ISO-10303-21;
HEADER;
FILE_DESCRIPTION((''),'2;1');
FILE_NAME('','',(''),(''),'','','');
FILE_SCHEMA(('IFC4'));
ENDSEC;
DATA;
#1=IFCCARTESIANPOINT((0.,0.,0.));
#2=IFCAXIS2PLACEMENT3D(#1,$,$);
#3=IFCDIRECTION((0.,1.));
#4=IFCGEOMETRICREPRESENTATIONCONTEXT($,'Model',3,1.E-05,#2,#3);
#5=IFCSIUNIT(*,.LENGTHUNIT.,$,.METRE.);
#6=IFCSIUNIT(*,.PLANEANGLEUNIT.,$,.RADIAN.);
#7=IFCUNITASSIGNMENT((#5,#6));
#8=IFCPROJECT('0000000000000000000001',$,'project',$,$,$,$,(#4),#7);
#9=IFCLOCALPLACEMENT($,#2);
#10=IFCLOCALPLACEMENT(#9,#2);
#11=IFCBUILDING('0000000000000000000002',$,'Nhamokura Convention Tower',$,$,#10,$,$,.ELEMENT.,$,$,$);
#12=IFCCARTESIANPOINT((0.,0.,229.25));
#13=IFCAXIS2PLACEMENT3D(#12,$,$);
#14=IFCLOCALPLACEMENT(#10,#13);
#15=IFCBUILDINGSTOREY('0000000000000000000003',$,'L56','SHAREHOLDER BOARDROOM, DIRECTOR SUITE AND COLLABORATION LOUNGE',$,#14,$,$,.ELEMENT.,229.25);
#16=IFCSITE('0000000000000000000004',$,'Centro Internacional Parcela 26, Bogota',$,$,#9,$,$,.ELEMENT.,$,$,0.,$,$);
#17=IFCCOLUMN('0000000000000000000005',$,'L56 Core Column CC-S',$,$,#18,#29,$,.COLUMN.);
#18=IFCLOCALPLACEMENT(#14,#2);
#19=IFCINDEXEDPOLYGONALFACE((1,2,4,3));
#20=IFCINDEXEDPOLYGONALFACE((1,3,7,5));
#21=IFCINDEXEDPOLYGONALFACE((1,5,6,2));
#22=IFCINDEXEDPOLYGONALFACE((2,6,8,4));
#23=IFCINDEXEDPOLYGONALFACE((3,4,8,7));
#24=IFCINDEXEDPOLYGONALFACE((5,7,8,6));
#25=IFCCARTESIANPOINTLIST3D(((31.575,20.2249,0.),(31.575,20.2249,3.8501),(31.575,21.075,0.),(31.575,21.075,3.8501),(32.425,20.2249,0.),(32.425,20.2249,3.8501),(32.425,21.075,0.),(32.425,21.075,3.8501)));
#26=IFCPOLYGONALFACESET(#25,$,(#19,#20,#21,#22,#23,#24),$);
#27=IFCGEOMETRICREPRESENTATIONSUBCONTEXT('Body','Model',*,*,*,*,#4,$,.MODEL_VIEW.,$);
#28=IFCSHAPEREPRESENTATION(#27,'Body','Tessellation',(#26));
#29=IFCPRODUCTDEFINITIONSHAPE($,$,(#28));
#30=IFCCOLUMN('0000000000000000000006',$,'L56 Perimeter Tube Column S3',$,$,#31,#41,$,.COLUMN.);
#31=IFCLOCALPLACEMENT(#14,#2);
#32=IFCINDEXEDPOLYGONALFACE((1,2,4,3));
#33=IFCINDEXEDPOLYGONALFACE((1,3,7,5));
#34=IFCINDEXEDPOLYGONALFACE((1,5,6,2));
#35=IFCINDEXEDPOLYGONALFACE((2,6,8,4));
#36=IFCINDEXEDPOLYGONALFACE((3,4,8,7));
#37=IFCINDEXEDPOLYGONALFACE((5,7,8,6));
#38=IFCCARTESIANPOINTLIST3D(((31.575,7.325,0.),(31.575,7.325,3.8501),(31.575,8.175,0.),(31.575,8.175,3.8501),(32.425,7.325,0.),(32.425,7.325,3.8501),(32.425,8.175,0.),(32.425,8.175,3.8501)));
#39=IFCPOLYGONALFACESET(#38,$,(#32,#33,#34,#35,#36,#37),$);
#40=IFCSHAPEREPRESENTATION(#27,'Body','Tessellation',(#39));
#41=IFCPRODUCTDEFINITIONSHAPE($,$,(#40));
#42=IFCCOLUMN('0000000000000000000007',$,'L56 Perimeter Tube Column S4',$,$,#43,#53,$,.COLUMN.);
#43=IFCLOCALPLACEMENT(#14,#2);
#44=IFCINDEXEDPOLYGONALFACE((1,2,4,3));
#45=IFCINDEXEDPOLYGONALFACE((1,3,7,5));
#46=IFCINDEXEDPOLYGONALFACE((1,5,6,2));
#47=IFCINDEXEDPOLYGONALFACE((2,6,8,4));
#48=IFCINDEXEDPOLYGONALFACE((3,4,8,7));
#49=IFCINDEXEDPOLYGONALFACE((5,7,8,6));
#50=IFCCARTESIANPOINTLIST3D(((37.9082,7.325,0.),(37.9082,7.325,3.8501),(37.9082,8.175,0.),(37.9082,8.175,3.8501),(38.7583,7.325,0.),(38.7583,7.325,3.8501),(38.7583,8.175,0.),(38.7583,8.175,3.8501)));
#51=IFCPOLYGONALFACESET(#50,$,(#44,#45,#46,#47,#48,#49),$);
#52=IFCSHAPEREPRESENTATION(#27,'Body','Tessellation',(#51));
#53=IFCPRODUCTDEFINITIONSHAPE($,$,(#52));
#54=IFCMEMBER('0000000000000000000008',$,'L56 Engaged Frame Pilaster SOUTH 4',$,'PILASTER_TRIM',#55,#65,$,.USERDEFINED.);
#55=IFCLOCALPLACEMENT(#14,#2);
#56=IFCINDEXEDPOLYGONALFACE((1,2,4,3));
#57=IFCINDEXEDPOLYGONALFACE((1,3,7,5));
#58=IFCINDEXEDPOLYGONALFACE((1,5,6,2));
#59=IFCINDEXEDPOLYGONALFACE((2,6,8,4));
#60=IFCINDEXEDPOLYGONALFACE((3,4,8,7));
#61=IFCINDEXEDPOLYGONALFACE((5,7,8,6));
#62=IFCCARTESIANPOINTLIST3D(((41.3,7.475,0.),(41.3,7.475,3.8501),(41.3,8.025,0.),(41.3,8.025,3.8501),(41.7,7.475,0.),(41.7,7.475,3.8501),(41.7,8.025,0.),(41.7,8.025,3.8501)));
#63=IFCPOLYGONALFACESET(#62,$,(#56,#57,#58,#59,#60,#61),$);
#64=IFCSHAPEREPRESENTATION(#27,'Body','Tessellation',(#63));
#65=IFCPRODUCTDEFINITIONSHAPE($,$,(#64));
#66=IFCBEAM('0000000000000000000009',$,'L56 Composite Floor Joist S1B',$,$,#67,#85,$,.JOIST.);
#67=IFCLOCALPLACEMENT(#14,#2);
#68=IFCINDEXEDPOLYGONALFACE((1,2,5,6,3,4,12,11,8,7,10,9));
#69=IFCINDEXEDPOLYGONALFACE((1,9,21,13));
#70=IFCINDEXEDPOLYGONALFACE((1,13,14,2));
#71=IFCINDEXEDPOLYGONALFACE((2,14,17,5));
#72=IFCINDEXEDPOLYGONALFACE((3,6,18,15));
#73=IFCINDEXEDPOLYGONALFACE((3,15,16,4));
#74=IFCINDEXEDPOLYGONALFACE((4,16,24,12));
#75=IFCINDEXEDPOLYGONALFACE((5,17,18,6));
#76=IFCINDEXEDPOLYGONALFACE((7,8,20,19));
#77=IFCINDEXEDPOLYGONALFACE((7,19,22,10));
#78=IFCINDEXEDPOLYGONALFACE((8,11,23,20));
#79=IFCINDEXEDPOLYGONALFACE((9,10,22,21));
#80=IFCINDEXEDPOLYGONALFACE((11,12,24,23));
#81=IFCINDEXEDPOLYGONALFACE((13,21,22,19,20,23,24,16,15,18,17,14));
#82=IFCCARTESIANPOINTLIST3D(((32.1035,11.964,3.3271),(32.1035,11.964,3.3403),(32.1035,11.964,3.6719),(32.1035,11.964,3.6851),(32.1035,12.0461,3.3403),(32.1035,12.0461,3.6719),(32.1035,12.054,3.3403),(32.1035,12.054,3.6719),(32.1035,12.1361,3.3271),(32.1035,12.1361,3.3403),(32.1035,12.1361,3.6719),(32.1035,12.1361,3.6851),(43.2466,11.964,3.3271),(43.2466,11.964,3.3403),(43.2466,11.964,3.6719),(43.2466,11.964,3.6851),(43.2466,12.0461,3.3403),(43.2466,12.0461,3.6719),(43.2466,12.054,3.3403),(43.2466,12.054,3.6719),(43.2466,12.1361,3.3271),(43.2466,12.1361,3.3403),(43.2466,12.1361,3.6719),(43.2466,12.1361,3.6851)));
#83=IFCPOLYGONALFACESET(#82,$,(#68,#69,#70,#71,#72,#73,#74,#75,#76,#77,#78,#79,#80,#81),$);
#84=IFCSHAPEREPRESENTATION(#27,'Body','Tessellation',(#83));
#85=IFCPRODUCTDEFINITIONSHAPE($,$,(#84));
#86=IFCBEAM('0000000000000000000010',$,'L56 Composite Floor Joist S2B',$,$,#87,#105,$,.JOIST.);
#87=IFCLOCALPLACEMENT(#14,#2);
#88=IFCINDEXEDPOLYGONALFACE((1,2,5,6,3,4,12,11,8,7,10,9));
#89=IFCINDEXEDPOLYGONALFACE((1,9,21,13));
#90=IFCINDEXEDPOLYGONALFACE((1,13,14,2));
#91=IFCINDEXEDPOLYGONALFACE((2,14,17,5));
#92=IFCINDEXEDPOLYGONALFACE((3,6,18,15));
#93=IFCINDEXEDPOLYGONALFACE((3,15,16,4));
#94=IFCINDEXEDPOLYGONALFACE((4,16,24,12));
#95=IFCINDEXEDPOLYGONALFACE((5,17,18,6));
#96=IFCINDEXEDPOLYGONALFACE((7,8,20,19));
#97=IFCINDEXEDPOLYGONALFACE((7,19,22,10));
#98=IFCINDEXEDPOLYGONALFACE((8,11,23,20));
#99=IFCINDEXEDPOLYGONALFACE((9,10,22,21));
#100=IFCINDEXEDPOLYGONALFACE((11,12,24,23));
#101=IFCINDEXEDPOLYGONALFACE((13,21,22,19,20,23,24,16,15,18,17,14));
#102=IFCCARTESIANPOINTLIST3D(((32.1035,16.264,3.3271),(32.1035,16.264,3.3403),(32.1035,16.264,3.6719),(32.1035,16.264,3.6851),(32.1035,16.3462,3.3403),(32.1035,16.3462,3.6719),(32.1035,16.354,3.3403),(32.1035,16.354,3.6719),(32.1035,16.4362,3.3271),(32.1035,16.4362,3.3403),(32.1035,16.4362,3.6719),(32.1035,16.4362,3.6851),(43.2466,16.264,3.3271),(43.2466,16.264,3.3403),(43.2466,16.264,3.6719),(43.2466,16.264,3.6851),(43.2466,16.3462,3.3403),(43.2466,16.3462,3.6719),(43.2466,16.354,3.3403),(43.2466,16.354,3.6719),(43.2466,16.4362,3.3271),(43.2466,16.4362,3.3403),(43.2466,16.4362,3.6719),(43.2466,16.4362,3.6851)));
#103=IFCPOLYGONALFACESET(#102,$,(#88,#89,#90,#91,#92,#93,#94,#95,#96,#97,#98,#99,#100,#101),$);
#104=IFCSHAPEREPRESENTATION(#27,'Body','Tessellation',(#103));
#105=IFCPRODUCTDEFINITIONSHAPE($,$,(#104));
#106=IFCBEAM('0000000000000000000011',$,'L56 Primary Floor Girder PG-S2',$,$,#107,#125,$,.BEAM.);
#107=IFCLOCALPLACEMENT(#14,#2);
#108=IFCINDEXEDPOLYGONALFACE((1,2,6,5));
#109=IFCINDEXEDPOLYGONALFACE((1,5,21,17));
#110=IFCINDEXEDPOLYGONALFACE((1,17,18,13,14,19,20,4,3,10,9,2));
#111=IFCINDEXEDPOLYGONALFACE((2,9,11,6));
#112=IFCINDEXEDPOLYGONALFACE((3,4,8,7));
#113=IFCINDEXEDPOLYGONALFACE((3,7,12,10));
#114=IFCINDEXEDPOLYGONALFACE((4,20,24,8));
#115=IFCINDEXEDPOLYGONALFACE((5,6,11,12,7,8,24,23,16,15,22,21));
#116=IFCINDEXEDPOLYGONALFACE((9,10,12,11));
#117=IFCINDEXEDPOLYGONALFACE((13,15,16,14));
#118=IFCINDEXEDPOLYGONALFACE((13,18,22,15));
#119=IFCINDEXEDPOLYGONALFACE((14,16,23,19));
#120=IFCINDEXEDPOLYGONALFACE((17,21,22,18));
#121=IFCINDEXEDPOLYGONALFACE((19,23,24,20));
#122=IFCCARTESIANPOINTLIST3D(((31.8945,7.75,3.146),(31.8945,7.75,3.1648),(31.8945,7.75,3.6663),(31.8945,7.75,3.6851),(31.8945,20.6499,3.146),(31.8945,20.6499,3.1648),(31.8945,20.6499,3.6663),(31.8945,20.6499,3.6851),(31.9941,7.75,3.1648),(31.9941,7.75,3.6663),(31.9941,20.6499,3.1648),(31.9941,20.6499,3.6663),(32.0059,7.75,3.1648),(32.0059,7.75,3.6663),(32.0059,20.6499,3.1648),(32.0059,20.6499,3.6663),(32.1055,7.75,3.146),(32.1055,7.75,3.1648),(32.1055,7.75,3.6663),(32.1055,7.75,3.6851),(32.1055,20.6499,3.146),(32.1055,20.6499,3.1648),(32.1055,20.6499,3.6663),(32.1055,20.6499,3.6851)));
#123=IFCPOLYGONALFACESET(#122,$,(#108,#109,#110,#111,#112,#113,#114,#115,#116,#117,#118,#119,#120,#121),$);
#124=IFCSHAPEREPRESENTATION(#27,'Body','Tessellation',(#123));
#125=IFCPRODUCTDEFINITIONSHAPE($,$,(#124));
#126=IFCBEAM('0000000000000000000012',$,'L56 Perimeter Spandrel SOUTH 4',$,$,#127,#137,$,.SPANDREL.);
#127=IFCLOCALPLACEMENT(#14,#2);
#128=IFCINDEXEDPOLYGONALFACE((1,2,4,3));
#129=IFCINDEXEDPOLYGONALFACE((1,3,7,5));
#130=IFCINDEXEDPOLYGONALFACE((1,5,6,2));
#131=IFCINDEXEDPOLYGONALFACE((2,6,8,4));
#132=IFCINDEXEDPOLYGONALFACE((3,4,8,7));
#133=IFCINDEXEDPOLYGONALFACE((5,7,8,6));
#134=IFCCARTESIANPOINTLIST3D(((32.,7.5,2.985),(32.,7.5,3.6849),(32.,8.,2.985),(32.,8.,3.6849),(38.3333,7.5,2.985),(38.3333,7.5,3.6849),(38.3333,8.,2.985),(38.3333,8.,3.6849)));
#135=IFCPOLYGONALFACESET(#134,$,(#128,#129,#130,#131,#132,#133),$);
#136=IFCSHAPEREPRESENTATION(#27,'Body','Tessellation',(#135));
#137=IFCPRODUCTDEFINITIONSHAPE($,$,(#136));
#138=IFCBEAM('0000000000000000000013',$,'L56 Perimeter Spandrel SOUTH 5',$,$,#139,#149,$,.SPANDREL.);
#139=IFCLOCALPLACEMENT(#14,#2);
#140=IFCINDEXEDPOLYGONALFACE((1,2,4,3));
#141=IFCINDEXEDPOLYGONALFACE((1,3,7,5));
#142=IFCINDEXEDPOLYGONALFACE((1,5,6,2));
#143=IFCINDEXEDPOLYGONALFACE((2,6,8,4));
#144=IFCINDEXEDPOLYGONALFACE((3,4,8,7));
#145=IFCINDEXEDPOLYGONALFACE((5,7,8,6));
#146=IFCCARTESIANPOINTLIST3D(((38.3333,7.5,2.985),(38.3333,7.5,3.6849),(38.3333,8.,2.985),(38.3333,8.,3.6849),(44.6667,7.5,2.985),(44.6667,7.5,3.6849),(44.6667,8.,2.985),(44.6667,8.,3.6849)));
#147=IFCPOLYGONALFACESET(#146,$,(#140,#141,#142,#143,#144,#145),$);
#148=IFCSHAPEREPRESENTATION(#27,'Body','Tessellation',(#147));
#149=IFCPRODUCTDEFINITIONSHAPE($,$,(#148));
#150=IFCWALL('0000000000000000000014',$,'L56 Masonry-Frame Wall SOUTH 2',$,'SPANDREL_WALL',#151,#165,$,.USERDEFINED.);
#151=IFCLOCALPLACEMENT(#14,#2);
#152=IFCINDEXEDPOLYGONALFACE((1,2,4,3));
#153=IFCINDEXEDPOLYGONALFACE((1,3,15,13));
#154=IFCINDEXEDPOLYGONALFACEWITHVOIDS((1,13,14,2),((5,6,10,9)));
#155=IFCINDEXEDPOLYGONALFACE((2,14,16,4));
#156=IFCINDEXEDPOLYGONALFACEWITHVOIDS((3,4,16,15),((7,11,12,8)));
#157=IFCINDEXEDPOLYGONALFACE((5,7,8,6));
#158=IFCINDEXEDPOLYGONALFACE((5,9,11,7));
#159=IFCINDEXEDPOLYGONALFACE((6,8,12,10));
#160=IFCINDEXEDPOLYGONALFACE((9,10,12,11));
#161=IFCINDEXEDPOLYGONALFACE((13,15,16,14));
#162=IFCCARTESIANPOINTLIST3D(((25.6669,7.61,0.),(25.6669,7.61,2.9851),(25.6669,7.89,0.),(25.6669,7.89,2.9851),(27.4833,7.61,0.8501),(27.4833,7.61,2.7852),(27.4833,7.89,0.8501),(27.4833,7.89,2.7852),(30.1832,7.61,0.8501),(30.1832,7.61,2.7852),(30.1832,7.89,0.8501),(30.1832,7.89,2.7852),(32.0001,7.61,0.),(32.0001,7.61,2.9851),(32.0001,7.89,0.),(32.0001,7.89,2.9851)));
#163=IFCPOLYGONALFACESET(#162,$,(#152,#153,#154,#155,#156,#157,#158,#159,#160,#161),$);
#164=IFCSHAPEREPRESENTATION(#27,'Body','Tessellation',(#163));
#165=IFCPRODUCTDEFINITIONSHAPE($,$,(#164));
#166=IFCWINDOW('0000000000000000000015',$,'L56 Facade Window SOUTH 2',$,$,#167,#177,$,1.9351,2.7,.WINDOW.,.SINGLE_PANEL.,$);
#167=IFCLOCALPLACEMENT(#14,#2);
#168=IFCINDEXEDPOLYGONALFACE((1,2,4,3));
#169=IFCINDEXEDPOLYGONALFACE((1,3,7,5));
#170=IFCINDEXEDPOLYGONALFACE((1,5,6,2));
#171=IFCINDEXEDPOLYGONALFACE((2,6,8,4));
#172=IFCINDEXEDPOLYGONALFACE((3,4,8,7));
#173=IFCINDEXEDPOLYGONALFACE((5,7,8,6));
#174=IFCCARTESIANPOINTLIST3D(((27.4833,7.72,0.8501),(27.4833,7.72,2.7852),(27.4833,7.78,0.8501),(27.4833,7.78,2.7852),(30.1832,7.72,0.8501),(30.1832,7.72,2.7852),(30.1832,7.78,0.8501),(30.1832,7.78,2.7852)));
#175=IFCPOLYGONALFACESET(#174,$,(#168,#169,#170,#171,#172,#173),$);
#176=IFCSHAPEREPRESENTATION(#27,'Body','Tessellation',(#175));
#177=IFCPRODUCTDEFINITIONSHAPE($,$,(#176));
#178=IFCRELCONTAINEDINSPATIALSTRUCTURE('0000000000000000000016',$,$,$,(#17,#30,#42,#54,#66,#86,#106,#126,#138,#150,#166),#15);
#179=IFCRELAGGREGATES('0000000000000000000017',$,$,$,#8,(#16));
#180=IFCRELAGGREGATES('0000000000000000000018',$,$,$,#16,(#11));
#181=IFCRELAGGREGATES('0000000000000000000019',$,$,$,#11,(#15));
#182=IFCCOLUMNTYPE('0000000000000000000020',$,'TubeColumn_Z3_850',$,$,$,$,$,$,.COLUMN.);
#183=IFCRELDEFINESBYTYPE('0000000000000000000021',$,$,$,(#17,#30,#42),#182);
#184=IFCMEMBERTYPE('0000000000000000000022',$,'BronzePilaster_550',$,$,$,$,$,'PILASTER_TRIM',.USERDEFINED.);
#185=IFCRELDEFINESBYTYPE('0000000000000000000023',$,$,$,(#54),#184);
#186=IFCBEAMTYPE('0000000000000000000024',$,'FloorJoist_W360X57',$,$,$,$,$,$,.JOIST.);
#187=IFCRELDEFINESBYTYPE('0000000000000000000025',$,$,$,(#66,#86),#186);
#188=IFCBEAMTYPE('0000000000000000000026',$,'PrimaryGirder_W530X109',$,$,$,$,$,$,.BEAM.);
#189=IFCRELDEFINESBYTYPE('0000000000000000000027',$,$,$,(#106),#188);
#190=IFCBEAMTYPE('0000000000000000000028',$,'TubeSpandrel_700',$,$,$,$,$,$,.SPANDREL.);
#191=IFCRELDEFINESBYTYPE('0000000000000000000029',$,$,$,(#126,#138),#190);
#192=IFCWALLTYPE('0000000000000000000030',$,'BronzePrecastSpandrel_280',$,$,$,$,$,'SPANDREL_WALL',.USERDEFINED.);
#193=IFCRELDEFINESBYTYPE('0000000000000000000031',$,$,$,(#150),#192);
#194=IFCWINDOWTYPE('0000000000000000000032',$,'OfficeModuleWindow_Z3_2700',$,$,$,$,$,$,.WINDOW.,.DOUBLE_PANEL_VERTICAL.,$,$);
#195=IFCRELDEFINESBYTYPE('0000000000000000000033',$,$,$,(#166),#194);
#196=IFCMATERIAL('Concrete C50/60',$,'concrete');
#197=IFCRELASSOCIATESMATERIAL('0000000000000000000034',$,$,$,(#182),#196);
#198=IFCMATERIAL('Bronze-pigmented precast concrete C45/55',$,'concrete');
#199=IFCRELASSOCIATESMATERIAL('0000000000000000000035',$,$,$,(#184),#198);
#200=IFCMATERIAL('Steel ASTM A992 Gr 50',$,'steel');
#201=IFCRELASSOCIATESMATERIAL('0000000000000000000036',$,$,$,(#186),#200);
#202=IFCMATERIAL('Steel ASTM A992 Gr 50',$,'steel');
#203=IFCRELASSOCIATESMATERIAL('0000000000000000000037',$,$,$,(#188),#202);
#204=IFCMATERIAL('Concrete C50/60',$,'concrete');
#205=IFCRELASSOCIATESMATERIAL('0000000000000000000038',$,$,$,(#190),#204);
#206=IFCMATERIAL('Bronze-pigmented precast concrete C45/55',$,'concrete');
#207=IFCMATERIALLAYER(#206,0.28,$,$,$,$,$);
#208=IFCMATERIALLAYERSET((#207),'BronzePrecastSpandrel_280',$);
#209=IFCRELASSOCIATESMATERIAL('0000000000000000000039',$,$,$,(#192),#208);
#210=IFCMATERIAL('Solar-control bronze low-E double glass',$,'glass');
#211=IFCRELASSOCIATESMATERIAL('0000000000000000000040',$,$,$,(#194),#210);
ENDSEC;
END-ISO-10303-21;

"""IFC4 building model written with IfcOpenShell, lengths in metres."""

from ifc_helpers import new_model, si_unit, direction, frame, frame_2d, origin, origin_2d, place, context, subcontext, project, spatial, rectangle, i_section, extrude, material, layer, layer_set, material_profile, profile_set, type_object, element, fill, save


model = new_model("IFC4")

# Units and contexts
model_context = context("Model", 3, precision=1e-05, world=origin(), true_north=direction((0.0, 1.0)))
body_context = subcontext(model_context, "Body", "Model", "MODEL_VIEW")
ifc_project = project(units=[si_unit("LENGTHUNIT", "METRE"), si_unit("PLANEANGLEUNIT", "RADIAN")], contexts=[model_context])

# Site, building, storey
site_placement = place(None, origin())
site = spatial("IfcSite", under=ifc_project, at=site_placement, Name="Centro Internacional Parcela 26, Bogota", CompositionType="ELEMENT", RefElevation=0.0)
building_placement = place(site_placement, origin())
building = spatial("IfcBuilding", under=site, at=building_placement, Name="Nhamokura Convention Tower", CompositionType="ELEMENT")
storey_placement = place(building_placement, frame((0.0, 0.0, 229.25)))
storey = spatial("IfcBuildingStorey", under=building, at=storey_placement, Name="L56", Description="SHAREHOLDER BOARDROOM, DIRECTOR SUITE AND COLLABORATION LOUNGE", CompositionType="ELEMENT", Elevation=229.25)

# Columns
ifc_material_1 = material(Name="Concrete C50/60", Category="concrete")
ifc_material_profile_1 = material_profile(ifc_material_1, rectangle(XDim=0.8501, YDim=0.8501, at=origin_2d()))
ifc_profile_set_1 = profile_set([ifc_material_profile_1], Name="Concrete C50/60")
column_type = type_object("IfcColumnType", Name="TubeColumn_Z3_850", PredefinedType="COLUMN", material=ifc_profile_set_1)
for number, where, z_axis, x_axis, name in (
    (1, (32.0, 20.6499, 0.0), (0.0, 0.0, 1.0), (1.0, 0.0, 0.0), "L56 Core Column CC-S"),
    (2, (32.0, 7.75, 0.0), (0.0, 0.0, 1.0), (1.0, 0.0, 0.0), "L56 Perimeter Tube Column S3"),
    (3, (38.3333, 7.75, 0.0), (0.0, 0.0, 1.0), (1.0, 0.0, 0.0), "L56 Perimeter Tube Column S4"),
):
    element("IfcColumn", number, at=place(storey_placement, frame(where, z_axis=z_axis, x_axis=x_axis)), inside=storey, type_object=column_type, Name=name, PredefinedType="COLUMN", context=body_context, shape_type="SweptSolid", body=[
        extrude(rectangle(XDim=0.8501, YDim=0.8501, at=origin_2d()), origin(), (0.0, 0.0, 1.0), 3.8501),
    ])

# Member
ifc_material_2 = material(Name="Bronze-pigmented precast concrete C45/55", Category="concrete")
ifc_material_profile_2 = material_profile(ifc_material_2, rectangle(XDim=0.3999, YDim=0.55, at=origin_2d()))
ifc_profile_set_2 = profile_set([ifc_material_profile_2], Name="Bronze-pigmented precast concrete C45/55")
member_type = type_object("IfcMemberType", Name="BronzePilaster_550", ElementType="PILASTER_TRIM", PredefinedType="USERDEFINED", material=ifc_profile_set_2)
member_placement = place(storey_placement, frame((41.5, 7.75, 0.0), z_axis=(0.0, 0.0, 1.0), x_axis=(1.0, 0.0, 0.0)))
element("IfcMember", 4, at=member_placement, inside=storey, type_object=member_type, Name="L56 Engaged Frame Pilaster SOUTH 4", ObjectType="PILASTER_TRIM", PredefinedType="USERDEFINED", context=body_context, shape_type="SweptSolid", body=[
    extrude(rectangle(XDim=0.3999, YDim=0.55, at=origin_2d()), origin(), (0.0, 0.0, 1.0), 3.8501),
])

# Beams
ifc_material_3 = material(Name="Steel ASTM A992 Gr 50", Category="steel")
ifc_material_profile_3 = material_profile(ifc_material_3, i_section(OverallWidth=0.1721, OverallDepth=0.3579, WebThickness=0.0078, FlangeThickness=0.0132, at=origin_2d()))
ifc_profile_set_3 = profile_set([ifc_material_profile_3], Name="Steel ASTM A992 Gr 50")
beam_type_1 = type_object("IfcBeamType", Name="FloorJoist_W360X57", PredefinedType="JOIST", material=ifc_profile_set_3)
for number, where, z_axis, x_axis, name in (
    (5, (32.1035, 12.05, 3.5061), (1.0, 0.0, 0.0), (0.0, 1.0, 0.0), "L56 Composite Floor Joist S1B"),
    (6, (32.1035, 16.3501, 3.5061), (1.0, 0.0, 0.0), (0.0, 1.0, 0.0), "L56 Composite Floor Joist S2B"),
):
    element("IfcBeam", number, at=place(storey_placement, frame(where, z_axis=z_axis, x_axis=x_axis)), inside=storey, type_object=beam_type_1, Name=name, PredefinedType="JOIST", context=body_context, shape_type="SweptSolid", body=[
        extrude(i_section(OverallWidth=0.1721, OverallDepth=0.3579, WebThickness=0.0078, FlangeThickness=0.0132, at=origin_2d()), origin(), (0.0, 0.0, 1.0), 11.1431),
    ])
ifc_material_4 = material(Name="Steel ASTM A992 Gr 50", Category="steel")
ifc_material_profile_4 = material_profile(ifc_material_4, i_section(OverallWidth=0.2109, OverallDepth=0.5391, WebThickness=0.0117, FlangeThickness=0.0188, at=origin_2d()))
ifc_profile_set_4 = profile_set([ifc_material_profile_4], Name="Steel ASTM A992 Gr 50")
beam_type_2 = type_object("IfcBeamType", Name="PrimaryGirder_W530X109", PredefinedType="BEAM", material=ifc_profile_set_4)
beam_1_placement = place(storey_placement, frame((32.0, 7.75, 3.4155), z_axis=(0.0, 1.0, 0.0), x_axis=(-1.0, 0.0, 0.0)))
element("IfcBeam", 7, at=beam_1_placement, inside=storey, type_object=beam_type_2, Name="L56 Primary Floor Girder PG-S2", PredefinedType="BEAM", context=body_context, shape_type="SweptSolid", body=[
    extrude(i_section(OverallWidth=0.2109, OverallDepth=0.5391, WebThickness=0.0117, FlangeThickness=0.0188, at=origin_2d()), origin(), (0.0, 0.0, 1.0), 12.8999),
])
ifc_material_5 = material(Name="Concrete C50/60", Category="concrete")
ifc_material_profile_5 = material_profile(ifc_material_5, rectangle(XDim=0.5, YDim=0.7, at=origin_2d()))
ifc_profile_set_5 = profile_set([ifc_material_profile_5], Name="Concrete C50/60")
beam_type_3 = type_object("IfcBeamType", Name="TubeSpandrel_700", PredefinedType="SPANDREL", material=ifc_profile_set_5)
beam_2_placement = place(storey_placement, frame((32.0, 7.75, 3.335), z_axis=(1.0, 0.0, 0.0), x_axis=(0.0, 1.0, 0.0)))
element("IfcBeam", 8, at=beam_2_placement, inside=storey, type_object=beam_type_3, Name="L56 Perimeter Spandrel SOUTH 4", PredefinedType="SPANDREL", context=body_context, shape_type="SweptSolid", body=[
    extrude(rectangle(XDim=0.5, YDim=0.7, at=origin_2d()), origin(), (0.0, 0.0, 1.0), 6.3333),
])
beam_3_placement = place(storey_placement, frame((38.3333, 7.75, 3.335), z_axis=(1.0, 0.0, 0.0), x_axis=(0.0, 1.0, 0.0)))
element("IfcBeam", 9, at=beam_3_placement, inside=storey, type_object=beam_type_3, Name="L56 Perimeter Spandrel SOUTH 5", PredefinedType="SPANDREL", context=body_context, shape_type="SweptSolid", body=[
    extrude(rectangle(XDim=0.5, YDim=0.7, at=origin_2d()), origin(), (0.0, 0.0, 1.0), 6.3335),
])

# Wall, opening, window
ifc_material_6 = material(Name="Bronze-pigmented precast concrete C45/55", Category="concrete")
ifc_layer_1 = layer(ifc_material_6, 0.28)
ifc_layer_set_1 = layer_set([ifc_layer_1], Name="BronzePrecastSpandrel_280")
wall_type_1 = type_object("IfcWallType", Name="BronzePrecastSpandrel_280", ElementType="SPANDREL_WALL", PredefinedType="USERDEFINED", material=ifc_layer_set_1)
wall_1_placement = place(storey_placement, frame((32.0, 7.75, 0.0), z_axis=(0.0, 0.0, 1.0), x_axis=(-1.0, 0.0, 0.0)))
wall_1 = element("IfcWall", 10, at=wall_1_placement, inside=storey, type_object=wall_type_1, Name="L56 Masonry-Frame Wall SOUTH 2", ObjectType="SPANDREL_WALL", PredefinedType="USERDEFINED", context=body_context, shape_type="SweptSolid", body=[
    extrude(rectangle(XDim=6.3333, YDim=0.28, at=frame_2d((3.1665, 0.0))), origin(), (0.0, 0.0, 1.0), 2.9851),
])
opening_1_placement = place(wall_1_placement, frame((1.8167, 0.0, 0.8501)))
opening_1 = element("IfcOpeningElement", 11, at=opening_1_placement, cuts=wall_1, PredefinedType="OPENING", context=body_context, shape_type="SweptSolid", body=[
    extrude(rectangle(XDim=2.7, YDim=1.9351, at=frame_2d((1.3501, 0.9675))), frame((0.0, 0.1499, 0.0), z_axis=(0.0, -1.0, 0.0), x_axis=(1.0, 0.0, 0.0)), (0.0, 0.0, 1.0), 0.3),
])
ifc_material_7 = material(Name="Solar-control bronze low-E double glass", Category="glass")
window_type = type_object("IfcWindowType", Name="OfficeModuleWindow_Z3_2700", PartitioningType="DOUBLE_PANEL_VERTICAL", PredefinedType="WINDOW", material=ifc_material_7)
window_1_placement = place(opening_1_placement, origin())
window_1 = element("IfcWindow", 12, at=window_1_placement, inside=storey, type_object=window_type, Name="L56 Facade Window SOUTH 2", OverallHeight=1.9351, OverallWidth=2.7, PartitioningType="SINGLE_PANEL", PredefinedType="WINDOW", context=body_context, shape_type="SweptSolid", body=[
    extrude(rectangle(XDim=2.7, YDim=1.9351, at=frame_2d((1.3501, 0.9675))), frame((0.0, 0.03, 0.0), z_axis=(0.0, -1.0, 0.0), x_axis=(1.0, 0.0, 0.0)), (0.0, 0.0, 1.0), 0.0601),
])
fill(opening_1, window_1)

save(model, "model.ifc")
